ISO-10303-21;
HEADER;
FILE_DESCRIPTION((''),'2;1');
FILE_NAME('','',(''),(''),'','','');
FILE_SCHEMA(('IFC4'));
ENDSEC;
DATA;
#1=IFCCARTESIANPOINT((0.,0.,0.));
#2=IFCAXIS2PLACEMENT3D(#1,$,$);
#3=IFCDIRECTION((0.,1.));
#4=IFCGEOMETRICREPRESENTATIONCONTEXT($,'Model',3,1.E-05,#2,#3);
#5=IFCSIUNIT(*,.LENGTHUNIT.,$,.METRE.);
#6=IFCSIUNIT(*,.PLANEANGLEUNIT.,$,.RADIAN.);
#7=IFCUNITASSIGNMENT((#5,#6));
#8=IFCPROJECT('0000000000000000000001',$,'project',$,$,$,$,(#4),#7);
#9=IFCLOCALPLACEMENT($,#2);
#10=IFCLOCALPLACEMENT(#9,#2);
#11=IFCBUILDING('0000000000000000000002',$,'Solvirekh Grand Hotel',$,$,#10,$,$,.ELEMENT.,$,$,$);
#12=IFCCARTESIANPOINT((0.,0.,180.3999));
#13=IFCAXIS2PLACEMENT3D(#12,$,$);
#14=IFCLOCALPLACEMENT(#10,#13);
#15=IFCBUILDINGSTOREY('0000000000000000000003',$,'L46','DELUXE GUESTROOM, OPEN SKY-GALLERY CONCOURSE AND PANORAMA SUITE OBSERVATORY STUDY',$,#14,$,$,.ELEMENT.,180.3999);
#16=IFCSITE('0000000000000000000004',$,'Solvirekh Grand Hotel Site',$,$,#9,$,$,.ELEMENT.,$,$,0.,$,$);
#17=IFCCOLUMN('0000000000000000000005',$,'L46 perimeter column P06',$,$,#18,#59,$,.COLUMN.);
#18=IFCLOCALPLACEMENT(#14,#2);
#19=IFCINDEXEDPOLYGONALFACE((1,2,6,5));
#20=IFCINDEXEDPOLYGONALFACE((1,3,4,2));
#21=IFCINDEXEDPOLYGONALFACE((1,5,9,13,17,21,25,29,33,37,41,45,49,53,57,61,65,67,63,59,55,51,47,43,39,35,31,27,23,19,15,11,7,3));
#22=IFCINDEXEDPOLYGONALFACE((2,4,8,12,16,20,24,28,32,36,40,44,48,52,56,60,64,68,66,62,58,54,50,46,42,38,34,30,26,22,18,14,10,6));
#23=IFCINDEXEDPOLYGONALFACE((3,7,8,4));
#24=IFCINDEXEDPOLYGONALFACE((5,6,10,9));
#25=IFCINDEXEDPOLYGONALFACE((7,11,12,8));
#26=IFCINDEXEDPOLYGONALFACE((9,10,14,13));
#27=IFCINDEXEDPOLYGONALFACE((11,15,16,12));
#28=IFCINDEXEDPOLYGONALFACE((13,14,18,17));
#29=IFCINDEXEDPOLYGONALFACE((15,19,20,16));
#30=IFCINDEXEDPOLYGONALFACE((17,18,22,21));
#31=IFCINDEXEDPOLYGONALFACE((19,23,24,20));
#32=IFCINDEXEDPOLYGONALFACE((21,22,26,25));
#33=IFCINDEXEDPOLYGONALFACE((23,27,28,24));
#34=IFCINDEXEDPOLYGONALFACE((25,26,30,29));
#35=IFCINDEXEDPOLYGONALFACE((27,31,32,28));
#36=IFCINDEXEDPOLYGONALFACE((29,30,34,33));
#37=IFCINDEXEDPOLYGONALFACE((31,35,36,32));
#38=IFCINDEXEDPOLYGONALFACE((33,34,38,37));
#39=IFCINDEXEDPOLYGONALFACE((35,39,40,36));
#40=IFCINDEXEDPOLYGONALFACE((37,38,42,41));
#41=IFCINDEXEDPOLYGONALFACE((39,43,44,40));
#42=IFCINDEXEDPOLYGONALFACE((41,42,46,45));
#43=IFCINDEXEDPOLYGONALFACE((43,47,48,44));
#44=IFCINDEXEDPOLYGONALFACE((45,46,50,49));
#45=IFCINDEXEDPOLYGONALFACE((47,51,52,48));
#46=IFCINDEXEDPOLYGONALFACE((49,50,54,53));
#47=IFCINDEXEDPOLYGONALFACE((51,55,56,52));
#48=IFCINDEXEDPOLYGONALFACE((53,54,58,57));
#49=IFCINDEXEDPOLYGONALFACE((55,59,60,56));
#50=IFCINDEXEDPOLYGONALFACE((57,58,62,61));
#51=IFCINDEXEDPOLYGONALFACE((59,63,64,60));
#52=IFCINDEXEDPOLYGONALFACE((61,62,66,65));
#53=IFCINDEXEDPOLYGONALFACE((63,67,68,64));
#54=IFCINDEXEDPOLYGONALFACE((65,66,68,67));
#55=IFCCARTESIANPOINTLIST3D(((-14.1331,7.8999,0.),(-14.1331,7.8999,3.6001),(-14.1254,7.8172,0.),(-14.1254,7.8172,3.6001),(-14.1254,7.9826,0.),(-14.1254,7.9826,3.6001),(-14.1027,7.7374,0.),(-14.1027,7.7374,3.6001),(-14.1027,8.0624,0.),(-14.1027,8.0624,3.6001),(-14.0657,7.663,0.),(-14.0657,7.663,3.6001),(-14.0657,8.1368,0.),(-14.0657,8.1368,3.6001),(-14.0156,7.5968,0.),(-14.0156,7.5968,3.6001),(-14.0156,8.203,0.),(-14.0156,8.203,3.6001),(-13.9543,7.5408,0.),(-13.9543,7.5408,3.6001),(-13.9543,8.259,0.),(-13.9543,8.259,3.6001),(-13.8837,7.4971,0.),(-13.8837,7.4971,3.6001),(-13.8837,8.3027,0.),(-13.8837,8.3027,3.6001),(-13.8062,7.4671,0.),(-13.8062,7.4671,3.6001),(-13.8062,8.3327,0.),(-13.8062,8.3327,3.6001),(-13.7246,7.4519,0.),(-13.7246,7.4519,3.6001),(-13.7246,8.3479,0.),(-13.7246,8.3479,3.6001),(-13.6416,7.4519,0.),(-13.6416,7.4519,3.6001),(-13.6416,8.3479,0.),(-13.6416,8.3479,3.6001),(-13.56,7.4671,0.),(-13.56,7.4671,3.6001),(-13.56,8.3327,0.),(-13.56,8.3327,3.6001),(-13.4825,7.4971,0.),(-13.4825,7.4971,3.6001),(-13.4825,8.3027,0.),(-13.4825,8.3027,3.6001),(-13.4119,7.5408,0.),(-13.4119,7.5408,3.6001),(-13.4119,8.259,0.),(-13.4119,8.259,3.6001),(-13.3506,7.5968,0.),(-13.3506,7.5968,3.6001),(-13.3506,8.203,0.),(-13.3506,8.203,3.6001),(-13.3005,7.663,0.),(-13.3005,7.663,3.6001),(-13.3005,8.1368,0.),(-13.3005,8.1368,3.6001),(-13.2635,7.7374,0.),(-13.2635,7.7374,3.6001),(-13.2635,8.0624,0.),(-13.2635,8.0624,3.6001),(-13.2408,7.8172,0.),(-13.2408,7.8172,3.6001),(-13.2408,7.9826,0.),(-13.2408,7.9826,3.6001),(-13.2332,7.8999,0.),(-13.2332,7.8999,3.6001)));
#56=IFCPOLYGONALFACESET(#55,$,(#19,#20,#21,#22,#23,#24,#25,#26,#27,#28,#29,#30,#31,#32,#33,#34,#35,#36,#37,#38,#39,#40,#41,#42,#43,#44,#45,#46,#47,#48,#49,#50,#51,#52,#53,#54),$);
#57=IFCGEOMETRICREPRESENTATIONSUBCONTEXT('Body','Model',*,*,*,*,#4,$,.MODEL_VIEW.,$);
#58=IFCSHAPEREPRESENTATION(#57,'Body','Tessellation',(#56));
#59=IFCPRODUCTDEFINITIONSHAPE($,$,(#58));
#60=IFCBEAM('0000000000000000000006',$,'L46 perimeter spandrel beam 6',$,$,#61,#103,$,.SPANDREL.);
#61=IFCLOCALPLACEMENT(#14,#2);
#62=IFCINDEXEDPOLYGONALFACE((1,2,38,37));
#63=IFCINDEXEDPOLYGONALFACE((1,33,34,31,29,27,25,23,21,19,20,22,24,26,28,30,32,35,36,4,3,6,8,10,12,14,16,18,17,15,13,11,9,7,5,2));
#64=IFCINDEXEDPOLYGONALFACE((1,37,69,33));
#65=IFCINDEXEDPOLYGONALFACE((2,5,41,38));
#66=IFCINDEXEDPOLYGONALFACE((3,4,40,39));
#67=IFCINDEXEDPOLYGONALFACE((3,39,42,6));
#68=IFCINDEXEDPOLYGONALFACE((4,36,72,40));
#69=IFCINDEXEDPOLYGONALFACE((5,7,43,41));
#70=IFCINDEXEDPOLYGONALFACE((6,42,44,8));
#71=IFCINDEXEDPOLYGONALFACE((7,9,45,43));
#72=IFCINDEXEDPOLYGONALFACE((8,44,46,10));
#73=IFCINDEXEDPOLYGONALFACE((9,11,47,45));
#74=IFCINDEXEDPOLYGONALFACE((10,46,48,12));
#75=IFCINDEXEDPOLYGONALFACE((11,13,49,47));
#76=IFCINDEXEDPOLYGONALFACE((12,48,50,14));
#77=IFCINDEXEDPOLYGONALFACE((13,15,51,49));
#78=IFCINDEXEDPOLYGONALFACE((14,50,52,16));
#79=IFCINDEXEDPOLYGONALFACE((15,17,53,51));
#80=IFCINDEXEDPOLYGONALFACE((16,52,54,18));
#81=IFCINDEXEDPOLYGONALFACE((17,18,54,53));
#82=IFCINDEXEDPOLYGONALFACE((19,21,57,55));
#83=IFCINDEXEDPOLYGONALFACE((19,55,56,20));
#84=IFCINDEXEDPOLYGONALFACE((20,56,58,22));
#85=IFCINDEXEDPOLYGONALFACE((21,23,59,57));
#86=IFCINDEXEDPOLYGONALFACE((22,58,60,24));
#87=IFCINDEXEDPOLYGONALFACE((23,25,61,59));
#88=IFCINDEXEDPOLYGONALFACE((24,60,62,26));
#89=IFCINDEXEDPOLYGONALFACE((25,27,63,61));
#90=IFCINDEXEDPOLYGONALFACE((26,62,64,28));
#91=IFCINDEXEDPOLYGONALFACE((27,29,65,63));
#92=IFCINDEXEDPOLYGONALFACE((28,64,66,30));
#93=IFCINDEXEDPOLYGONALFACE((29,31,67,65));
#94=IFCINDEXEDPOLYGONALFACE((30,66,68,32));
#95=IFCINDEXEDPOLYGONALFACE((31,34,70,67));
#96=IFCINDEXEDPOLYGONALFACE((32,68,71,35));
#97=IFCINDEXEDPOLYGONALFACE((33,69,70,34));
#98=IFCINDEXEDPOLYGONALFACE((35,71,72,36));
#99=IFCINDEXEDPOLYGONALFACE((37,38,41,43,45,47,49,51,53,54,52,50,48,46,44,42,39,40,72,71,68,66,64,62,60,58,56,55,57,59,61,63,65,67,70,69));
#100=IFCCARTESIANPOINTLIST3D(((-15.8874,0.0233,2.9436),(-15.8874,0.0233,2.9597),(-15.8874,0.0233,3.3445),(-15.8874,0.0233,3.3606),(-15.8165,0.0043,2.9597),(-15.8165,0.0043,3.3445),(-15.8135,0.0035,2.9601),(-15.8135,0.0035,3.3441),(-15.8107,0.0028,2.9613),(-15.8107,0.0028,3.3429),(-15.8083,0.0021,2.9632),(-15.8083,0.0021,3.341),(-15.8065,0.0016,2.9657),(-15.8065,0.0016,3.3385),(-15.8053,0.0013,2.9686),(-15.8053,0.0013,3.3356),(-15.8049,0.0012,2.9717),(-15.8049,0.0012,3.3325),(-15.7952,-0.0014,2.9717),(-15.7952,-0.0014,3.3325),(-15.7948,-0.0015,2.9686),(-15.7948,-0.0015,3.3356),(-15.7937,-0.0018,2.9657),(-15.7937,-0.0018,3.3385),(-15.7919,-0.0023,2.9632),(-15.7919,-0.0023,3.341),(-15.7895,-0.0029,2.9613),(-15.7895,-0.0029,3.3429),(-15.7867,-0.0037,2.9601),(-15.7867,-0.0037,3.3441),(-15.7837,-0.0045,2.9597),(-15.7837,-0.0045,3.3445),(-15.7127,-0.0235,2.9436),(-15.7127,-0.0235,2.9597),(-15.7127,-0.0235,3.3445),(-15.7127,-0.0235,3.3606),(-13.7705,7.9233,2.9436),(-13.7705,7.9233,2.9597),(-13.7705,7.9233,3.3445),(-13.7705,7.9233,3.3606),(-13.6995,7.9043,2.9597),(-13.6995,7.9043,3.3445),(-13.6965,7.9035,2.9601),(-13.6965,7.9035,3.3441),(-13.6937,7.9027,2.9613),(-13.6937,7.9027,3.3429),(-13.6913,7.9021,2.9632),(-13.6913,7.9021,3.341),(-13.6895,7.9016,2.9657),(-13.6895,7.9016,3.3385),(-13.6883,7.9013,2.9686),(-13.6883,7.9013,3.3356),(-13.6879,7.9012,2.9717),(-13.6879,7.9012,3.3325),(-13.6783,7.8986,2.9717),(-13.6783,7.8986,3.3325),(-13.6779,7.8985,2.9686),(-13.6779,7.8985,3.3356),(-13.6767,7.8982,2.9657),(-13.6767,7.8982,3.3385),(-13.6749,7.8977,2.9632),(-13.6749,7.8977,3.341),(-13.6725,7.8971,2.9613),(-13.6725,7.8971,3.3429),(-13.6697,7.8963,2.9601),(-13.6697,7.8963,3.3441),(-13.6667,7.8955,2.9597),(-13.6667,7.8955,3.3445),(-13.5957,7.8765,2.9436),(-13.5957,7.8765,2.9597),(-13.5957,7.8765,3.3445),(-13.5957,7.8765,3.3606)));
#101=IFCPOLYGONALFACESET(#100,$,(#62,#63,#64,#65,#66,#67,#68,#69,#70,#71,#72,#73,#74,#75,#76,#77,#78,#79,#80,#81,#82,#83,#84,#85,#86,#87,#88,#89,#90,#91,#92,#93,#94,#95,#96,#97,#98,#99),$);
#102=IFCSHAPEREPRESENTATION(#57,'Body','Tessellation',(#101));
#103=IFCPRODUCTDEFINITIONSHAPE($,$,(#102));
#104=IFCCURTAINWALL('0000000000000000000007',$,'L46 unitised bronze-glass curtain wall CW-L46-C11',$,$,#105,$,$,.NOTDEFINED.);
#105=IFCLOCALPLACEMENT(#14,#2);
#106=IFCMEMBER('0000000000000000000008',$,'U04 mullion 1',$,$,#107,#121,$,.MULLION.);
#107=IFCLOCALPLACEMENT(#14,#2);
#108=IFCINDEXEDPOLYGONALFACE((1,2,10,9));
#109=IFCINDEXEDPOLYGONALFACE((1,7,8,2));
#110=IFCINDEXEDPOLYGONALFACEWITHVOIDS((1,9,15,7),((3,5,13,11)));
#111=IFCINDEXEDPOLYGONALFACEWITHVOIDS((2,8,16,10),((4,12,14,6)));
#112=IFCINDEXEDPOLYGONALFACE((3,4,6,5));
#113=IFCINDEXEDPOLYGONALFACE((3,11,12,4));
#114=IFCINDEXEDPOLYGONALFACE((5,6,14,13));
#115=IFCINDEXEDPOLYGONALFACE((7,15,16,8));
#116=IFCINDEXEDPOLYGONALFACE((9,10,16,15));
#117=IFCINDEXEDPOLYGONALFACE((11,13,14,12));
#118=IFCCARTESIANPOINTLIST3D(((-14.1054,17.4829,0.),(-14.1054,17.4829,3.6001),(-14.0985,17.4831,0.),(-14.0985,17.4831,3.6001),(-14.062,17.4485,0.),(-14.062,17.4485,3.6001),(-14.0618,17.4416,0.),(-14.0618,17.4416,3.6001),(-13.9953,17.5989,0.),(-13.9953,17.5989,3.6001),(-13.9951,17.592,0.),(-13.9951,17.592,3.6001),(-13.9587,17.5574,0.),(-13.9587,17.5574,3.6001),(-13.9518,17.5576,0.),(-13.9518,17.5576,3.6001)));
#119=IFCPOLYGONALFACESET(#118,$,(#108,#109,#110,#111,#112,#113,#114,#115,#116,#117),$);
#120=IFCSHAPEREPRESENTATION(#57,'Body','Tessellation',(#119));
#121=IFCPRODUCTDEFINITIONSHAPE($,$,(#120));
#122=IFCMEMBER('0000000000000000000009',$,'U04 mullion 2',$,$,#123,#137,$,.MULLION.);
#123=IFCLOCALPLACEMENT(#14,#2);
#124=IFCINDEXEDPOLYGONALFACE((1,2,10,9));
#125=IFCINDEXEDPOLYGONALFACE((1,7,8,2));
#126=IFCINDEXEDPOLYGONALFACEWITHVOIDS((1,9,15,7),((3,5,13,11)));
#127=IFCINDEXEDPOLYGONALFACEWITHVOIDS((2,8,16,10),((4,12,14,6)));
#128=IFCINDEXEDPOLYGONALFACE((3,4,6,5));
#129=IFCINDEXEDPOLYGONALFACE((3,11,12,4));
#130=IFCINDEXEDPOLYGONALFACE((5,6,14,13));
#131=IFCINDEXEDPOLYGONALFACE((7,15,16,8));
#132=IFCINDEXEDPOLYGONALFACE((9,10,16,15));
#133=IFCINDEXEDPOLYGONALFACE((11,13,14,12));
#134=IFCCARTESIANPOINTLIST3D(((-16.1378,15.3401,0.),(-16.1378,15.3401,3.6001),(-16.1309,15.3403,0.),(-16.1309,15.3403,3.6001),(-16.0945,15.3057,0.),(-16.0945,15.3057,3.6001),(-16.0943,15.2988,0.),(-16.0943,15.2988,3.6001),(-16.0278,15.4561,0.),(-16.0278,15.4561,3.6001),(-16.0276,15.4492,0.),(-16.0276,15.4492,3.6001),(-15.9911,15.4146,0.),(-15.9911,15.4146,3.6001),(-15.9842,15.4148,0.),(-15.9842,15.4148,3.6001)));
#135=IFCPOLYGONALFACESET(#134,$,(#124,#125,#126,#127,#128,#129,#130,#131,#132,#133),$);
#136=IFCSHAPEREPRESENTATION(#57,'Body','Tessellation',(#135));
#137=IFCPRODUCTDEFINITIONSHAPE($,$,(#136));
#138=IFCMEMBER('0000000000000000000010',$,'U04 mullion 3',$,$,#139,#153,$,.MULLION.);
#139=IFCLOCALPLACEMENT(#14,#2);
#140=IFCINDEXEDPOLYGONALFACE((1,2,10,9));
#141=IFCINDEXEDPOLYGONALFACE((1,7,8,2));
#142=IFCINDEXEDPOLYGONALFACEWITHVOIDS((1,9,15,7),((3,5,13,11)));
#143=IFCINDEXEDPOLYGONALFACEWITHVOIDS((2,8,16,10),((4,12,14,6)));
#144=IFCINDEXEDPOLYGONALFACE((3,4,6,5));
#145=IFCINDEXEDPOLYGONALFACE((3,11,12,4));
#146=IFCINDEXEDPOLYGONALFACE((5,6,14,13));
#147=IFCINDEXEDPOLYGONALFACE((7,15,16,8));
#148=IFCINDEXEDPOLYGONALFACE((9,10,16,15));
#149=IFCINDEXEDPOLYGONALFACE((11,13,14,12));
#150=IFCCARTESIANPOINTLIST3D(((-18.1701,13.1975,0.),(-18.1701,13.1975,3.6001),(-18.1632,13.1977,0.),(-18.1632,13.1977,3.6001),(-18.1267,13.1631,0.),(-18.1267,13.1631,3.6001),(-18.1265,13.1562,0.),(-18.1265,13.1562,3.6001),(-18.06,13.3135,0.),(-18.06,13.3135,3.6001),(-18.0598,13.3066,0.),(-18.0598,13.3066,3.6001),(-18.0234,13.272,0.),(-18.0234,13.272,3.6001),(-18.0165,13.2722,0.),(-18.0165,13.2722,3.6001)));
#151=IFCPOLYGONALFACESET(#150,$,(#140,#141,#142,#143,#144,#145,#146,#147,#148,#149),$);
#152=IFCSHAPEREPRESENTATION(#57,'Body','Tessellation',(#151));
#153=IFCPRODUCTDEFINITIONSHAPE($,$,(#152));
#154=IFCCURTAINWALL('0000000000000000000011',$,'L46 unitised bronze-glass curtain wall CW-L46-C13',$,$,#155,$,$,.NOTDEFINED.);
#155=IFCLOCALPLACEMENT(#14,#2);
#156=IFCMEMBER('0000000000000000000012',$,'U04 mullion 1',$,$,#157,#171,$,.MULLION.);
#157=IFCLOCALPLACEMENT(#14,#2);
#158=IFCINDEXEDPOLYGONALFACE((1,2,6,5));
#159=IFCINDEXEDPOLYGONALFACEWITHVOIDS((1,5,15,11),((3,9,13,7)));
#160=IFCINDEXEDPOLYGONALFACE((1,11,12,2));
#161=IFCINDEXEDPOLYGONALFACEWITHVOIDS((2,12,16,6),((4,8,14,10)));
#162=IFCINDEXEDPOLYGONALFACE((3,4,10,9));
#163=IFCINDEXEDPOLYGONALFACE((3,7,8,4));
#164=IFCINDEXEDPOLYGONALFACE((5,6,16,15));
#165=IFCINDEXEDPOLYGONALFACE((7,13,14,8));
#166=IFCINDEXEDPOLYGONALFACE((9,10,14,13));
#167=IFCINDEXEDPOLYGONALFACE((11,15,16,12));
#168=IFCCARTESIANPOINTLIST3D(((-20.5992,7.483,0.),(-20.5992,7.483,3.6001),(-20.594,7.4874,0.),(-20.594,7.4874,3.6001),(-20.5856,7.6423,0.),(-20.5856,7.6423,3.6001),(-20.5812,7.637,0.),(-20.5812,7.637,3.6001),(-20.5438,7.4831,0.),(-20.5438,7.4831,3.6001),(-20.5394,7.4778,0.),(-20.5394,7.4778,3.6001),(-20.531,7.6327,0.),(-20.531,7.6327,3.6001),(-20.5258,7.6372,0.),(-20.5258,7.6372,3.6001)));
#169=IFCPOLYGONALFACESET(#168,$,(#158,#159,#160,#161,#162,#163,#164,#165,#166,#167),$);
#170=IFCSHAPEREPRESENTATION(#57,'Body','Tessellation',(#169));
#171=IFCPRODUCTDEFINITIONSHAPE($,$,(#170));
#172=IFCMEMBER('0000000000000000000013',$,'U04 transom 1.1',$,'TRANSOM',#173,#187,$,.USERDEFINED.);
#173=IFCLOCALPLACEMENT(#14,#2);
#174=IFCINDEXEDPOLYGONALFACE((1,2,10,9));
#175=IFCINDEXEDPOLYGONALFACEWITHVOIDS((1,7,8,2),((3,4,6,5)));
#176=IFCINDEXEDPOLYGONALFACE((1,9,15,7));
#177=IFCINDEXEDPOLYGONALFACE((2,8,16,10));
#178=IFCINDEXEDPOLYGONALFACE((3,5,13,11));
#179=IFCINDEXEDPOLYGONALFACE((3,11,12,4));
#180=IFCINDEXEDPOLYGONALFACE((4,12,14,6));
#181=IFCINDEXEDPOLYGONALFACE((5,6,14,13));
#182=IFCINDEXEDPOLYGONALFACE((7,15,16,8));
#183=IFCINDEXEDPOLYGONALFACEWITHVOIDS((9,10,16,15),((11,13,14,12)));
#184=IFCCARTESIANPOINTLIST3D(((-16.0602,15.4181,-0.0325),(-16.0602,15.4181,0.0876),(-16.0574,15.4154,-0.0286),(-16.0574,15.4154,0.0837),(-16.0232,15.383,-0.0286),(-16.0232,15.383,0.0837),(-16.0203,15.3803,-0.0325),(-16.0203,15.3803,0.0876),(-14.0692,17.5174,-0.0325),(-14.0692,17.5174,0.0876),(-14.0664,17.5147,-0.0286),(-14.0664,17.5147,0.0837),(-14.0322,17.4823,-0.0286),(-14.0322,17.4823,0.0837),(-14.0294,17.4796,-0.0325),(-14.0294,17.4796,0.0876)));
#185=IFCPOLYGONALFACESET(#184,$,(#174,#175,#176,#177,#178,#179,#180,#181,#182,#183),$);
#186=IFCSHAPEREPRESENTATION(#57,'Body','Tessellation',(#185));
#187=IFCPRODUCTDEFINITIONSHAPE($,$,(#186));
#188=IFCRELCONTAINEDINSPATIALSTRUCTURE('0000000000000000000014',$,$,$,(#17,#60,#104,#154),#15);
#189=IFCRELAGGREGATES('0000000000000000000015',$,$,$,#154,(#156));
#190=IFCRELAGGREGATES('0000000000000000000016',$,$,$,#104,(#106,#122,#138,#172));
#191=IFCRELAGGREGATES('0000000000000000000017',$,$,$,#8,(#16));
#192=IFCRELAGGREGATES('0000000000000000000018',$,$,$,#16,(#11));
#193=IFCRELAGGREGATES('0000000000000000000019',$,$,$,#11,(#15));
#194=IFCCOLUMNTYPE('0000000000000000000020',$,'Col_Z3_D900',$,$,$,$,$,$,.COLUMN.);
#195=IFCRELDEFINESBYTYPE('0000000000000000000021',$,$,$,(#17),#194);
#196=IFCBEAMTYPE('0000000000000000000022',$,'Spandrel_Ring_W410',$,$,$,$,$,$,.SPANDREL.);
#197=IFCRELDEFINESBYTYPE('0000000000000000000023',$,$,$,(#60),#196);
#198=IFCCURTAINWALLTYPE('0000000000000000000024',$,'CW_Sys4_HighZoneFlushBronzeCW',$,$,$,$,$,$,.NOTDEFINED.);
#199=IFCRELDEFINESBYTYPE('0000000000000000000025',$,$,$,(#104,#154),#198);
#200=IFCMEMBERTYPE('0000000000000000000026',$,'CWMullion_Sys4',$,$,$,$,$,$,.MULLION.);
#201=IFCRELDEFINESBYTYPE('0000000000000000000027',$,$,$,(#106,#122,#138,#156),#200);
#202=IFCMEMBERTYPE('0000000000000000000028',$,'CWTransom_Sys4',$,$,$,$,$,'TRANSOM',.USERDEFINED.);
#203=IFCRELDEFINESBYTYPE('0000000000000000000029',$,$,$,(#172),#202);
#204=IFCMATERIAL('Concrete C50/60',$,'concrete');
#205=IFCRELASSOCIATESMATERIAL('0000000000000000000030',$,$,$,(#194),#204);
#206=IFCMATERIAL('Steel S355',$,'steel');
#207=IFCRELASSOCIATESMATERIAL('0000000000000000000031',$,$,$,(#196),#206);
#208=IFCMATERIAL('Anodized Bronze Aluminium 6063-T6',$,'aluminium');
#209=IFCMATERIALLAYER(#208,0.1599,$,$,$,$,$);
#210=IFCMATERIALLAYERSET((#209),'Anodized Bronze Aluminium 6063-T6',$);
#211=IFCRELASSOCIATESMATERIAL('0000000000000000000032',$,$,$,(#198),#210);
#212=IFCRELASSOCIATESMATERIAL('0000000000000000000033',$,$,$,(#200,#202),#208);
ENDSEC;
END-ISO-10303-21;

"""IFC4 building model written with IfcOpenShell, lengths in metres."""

from ifc_helpers import new_model, si_unit, direction, frame, origin, origin_2d, place, context, subcontext, project, spatial, hollow_rectangle, circle, i_section, extrude, source, transform, mapped, material, layer, layer_set, material_profile, profile_set, type_object, element, aggregate, save


model = new_model("IFC4")

# Units and contexts
model_context = context("Model", 3, precision=1e-05, world=origin(), true_north=direction((0.0, 1.0)))
body_context = subcontext(model_context, "Body", "Model", "MODEL_VIEW")
ifc_project = project(units=[si_unit("LENGTHUNIT", "METRE"), si_unit("PLANEANGLEUNIT", "RADIAN")], contexts=[model_context])

# Site, building, storey
site_placement = place(None, origin())
site = spatial("IfcSite", under=ifc_project, at=site_placement, Name="Solvirekh Grand Hotel Site", CompositionType="ELEMENT", RefElevation=0.0)
building_placement = place(site_placement, origin())
building = spatial("IfcBuilding", under=site, at=building_placement, Name="Solvirekh Grand Hotel", CompositionType="ELEMENT")
storey_placement = place(building_placement, frame((0.0, 0.0, 180.3999)))
storey = spatial("IfcBuildingStorey", under=building, at=storey_placement, Name="L46", Description="DELUXE GUESTROOM, OPEN SKY-GALLERY CONCOURSE AND PANORAMA SUITE OBSERVATORY STUDY", CompositionType="ELEMENT", Elevation=180.3999)

# Column
ifc_material_1 = material(Name="Concrete C50/60", Category="concrete")
ifc_material_profile_1 = material_profile(ifc_material_1, circle(Radius=0.45, at=origin_2d()), Name="RC CIRC D900")
ifc_profile_set_1 = profile_set([ifc_material_profile_1], Name="Concrete C50/60")
column_type = type_object("IfcColumnType", Name="Col_Z3_D900", PredefinedType="COLUMN", material=ifc_profile_set_1)
column_placement = place(storey_placement, frame((-13.6831, 7.8999, 0.0), z_axis=(0.0, 0.0, 1.0), x_axis=(1.0, 0.0, 0.0)))
element("IfcColumn", 1, at=column_placement, inside=storey, type_object=column_type, Name="L46 perimeter column P06", PredefinedType="COLUMN", context=body_context, shape_type="SweptSolid", body=[
    extrude(circle(Radius=0.45, at=origin_2d()), origin(), (0.0, 0.0, 1.0), 3.6001),
])

# Beam
ifc_material_2 = material(Name="Steel S355", Category="steel")
ifc_material_profile_2 = material_profile(ifc_material_2, i_section(OverallWidth=0.1809, OverallDepth=0.417, WebThickness=0.01, FlangeThickness=0.0161, FilletRadius=0.012, at=origin_2d()), Name="W410X85")
ifc_profile_set_2 = profile_set([ifc_material_profile_2], Name="Steel S355")
beam_type = type_object("IfcBeamType", Name="Spandrel_Ring_W410", PredefinedType="SPANDREL", material=ifc_profile_set_2)
beam_placement = place(storey_placement, frame((-13.6831, 7.8999, 3.1521), z_axis=(-0.258839, -0.965921, 0.0), x_axis=(0.965921, -0.258839, 0.0)))
element("IfcBeam", 2, at=beam_placement, inside=storey, type_object=beam_type, Name="L46 perimeter spandrel beam 6", PredefinedType="SPANDREL", context=body_context, shape_type="SweptSolid", body=[
    extrude(i_section(OverallWidth=0.1809, OverallDepth=0.417, WebThickness=0.01, FlangeThickness=0.0161, FilletRadius=0.012, at=origin_2d()), origin(), (0.0, 0.0, 1.0), 8.1787),
])

# Curtain wall, members
ifc_material_3 = material(Name="Anodized Bronze Aluminium 6063-T6", Category="aluminium")
ifc_layer_1 = layer(ifc_material_3, 0.1599)
ifc_layer_set_1 = layer_set([ifc_layer_1], Name="Anodized Bronze Aluminium 6063-T6")
curtain_wall_type = type_object("IfcCurtainWallType", Name="CW_Sys4_HighZoneFlushBronzeCW", PredefinedType="NOTDEFINED", material=ifc_layer_set_1)
curtain_wall_1_placement = place(storey_placement, origin())
curtain_wall_1 = element("IfcCurtainWall", 3, at=curtain_wall_1_placement, inside=storey, type_object=curtain_wall_type, Name="L46 unitised bronze-glass curtain wall CW-L46-C11", PredefinedType="NOTDEFINED")
ifc_material_profile_3 = material_profile(ifc_material_3, hollow_rectangle(XDim=0.0601, YDim=0.1599, WallThickness=0.0049, at=origin_2d()), Name="ALU RHS 160X60X5")
ifc_profile_set_3 = profile_set([ifc_material_profile_3], Name="Anodized Bronze Aluminium 6063-T6")
member_type_1 = type_object("IfcMemberType", Name="CWMullion_Sys4", PredefinedType="MULLION", material=ifc_profile_set_3)
shared_shape_1 = source(origin(), body_context, "Body", "SweptSolid", [
    extrude(hollow_rectangle(XDim=0.0601, YDim=0.1599, WallThickness=0.0049, at=origin_2d()), origin(), (0.0, 0.0, 1.0), 3.6001),
])
member_1_placement = place(storey_placement, frame((-14.0286, 17.5203, 0.0), z_axis=(0.0, 0.0, 1.0), x_axis=(0.725547, -0.688172, 0.0)))
member_1 = element("IfcMember", 4, at=member_1_placement, type_object=member_type_1, Name="U04 mullion 1", PredefinedType="MULLION", context=body_context, shape_type="MappedRepresentation", body=[
    mapped(shared_shape_1, transform((0.0, 0.0, 0.0), x_axis=(1.0, 0.0, 0.0), y_axis=(0.0, 1.0, 0.0), z_axis=(0.0, 0.0, 1.0), scale=1.0)),
])
member_2_placement = place(storey_placement, frame((-16.061, 15.3774, 0.0), z_axis=(0.0, 0.0, 1.0), x_axis=(0.725547, -0.688172, 0.0)))
member_2 = element("IfcMember", 5, at=member_2_placement, type_object=member_type_1, Name="U04 mullion 2", PredefinedType="MULLION", context=body_context, shape_type="MappedRepresentation", body=[
    mapped(shared_shape_1, transform((0.0, 0.0, 0.0), x_axis=(1.0, 0.0, 0.0), y_axis=(0.0, 1.0, 0.0), z_axis=(0.0, 0.0, 1.0), scale=1.0)),
])
member_3_placement = place(storey_placement, frame((-18.0933, 13.2349, 0.0), z_axis=(0.0, 0.0, 1.0), x_axis=(0.725547, -0.688172, 0.0)))
member_3 = element("IfcMember", 6, at=member_3_placement, type_object=member_type_1, Name="U04 mullion 3", PredefinedType="MULLION", context=body_context, shape_type="MappedRepresentation", body=[
    mapped(shared_shape_1, transform((0.0, 0.0, 0.0), x_axis=(1.0, 0.0, 0.0), y_axis=(0.0, 1.0, 0.0), z_axis=(0.0, 0.0, 1.0), scale=1.0)),
])

# Curtain wall, member
curtain_wall_2_placement = place(storey_placement, origin())
curtain_wall_2 = element("IfcCurtainWall", 7, at=curtain_wall_2_placement, inside=storey, type_object=curtain_wall_type, Name="L46 unitised bronze-glass curtain wall CW-L46-C13", PredefinedType="NOTDEFINED")
member_4_placement = place(storey_placement, frame((-20.5625, 7.5601, 0.0), z_axis=(0.0, 0.0, 1.0), x_axis=(0.996355, -0.085299, 0.0)))
member_4 = element("IfcMember", 8, at=member_4_placement, type_object=member_type_1, Name="U04 mullion 1", PredefinedType="MULLION", context=body_context, shape_type="MappedRepresentation", body=[
    mapped(shared_shape_1, transform((0.0, 0.0, 0.0), x_axis=(1.0, 0.0, 0.0), y_axis=(0.0, 1.0, 0.0), z_axis=(0.0, 0.0, 1.0), scale=1.0)),
])
aggregate(curtain_wall_2, [member_4])

# Member
ifc_material_profile_4 = material_profile(ifc_material_3, hollow_rectangle(XDim=0.0549, YDim=0.1201, WallThickness=0.0039, at=origin_2d()), Name="ALU RHS 120X55X4")
ifc_profile_set_4 = profile_set([ifc_material_profile_4], Name="Anodized Bronze Aluminium 6063-T6")
member_type_2 = type_object("IfcMemberType", Name="CWTransom_Sys4", ElementType="TRANSOM", PredefinedType="USERDEFINED", material=ifc_profile_set_4)
shared_shape_2 = source(origin(), body_context, "Body", "SweptSolid", [
    extrude(hollow_rectangle(XDim=0.0549, YDim=0.1201, WallThickness=0.0039, at=origin_2d()), origin(), (0.0, 0.0, 1.0), 2.8933),
])
member_5_placement = place(storey_placement, frame((-14.0493, 17.4985, 0.0276), z_axis=(-0.688126, -0.725591, 0.0), x_axis=(0.725591, -0.688126, 0.0)))
member_5 = element("IfcMember", 9, at=member_5_placement, type_object=member_type_2, Name="U04 transom 1.1", ObjectType="TRANSOM", PredefinedType="USERDEFINED", context=body_context, shape_type="MappedRepresentation", body=[
    mapped(shared_shape_2, transform((0.0, 0.0, 0.0), x_axis=(1.0, 0.0, 0.0), y_axis=(0.0, 1.0, 0.0), z_axis=(0.0, 0.0, 1.0), scale=1.0)),
])

aggregate(curtain_wall_1, [member_1, member_2, member_3, member_5])

save(model, "model.ifc")
